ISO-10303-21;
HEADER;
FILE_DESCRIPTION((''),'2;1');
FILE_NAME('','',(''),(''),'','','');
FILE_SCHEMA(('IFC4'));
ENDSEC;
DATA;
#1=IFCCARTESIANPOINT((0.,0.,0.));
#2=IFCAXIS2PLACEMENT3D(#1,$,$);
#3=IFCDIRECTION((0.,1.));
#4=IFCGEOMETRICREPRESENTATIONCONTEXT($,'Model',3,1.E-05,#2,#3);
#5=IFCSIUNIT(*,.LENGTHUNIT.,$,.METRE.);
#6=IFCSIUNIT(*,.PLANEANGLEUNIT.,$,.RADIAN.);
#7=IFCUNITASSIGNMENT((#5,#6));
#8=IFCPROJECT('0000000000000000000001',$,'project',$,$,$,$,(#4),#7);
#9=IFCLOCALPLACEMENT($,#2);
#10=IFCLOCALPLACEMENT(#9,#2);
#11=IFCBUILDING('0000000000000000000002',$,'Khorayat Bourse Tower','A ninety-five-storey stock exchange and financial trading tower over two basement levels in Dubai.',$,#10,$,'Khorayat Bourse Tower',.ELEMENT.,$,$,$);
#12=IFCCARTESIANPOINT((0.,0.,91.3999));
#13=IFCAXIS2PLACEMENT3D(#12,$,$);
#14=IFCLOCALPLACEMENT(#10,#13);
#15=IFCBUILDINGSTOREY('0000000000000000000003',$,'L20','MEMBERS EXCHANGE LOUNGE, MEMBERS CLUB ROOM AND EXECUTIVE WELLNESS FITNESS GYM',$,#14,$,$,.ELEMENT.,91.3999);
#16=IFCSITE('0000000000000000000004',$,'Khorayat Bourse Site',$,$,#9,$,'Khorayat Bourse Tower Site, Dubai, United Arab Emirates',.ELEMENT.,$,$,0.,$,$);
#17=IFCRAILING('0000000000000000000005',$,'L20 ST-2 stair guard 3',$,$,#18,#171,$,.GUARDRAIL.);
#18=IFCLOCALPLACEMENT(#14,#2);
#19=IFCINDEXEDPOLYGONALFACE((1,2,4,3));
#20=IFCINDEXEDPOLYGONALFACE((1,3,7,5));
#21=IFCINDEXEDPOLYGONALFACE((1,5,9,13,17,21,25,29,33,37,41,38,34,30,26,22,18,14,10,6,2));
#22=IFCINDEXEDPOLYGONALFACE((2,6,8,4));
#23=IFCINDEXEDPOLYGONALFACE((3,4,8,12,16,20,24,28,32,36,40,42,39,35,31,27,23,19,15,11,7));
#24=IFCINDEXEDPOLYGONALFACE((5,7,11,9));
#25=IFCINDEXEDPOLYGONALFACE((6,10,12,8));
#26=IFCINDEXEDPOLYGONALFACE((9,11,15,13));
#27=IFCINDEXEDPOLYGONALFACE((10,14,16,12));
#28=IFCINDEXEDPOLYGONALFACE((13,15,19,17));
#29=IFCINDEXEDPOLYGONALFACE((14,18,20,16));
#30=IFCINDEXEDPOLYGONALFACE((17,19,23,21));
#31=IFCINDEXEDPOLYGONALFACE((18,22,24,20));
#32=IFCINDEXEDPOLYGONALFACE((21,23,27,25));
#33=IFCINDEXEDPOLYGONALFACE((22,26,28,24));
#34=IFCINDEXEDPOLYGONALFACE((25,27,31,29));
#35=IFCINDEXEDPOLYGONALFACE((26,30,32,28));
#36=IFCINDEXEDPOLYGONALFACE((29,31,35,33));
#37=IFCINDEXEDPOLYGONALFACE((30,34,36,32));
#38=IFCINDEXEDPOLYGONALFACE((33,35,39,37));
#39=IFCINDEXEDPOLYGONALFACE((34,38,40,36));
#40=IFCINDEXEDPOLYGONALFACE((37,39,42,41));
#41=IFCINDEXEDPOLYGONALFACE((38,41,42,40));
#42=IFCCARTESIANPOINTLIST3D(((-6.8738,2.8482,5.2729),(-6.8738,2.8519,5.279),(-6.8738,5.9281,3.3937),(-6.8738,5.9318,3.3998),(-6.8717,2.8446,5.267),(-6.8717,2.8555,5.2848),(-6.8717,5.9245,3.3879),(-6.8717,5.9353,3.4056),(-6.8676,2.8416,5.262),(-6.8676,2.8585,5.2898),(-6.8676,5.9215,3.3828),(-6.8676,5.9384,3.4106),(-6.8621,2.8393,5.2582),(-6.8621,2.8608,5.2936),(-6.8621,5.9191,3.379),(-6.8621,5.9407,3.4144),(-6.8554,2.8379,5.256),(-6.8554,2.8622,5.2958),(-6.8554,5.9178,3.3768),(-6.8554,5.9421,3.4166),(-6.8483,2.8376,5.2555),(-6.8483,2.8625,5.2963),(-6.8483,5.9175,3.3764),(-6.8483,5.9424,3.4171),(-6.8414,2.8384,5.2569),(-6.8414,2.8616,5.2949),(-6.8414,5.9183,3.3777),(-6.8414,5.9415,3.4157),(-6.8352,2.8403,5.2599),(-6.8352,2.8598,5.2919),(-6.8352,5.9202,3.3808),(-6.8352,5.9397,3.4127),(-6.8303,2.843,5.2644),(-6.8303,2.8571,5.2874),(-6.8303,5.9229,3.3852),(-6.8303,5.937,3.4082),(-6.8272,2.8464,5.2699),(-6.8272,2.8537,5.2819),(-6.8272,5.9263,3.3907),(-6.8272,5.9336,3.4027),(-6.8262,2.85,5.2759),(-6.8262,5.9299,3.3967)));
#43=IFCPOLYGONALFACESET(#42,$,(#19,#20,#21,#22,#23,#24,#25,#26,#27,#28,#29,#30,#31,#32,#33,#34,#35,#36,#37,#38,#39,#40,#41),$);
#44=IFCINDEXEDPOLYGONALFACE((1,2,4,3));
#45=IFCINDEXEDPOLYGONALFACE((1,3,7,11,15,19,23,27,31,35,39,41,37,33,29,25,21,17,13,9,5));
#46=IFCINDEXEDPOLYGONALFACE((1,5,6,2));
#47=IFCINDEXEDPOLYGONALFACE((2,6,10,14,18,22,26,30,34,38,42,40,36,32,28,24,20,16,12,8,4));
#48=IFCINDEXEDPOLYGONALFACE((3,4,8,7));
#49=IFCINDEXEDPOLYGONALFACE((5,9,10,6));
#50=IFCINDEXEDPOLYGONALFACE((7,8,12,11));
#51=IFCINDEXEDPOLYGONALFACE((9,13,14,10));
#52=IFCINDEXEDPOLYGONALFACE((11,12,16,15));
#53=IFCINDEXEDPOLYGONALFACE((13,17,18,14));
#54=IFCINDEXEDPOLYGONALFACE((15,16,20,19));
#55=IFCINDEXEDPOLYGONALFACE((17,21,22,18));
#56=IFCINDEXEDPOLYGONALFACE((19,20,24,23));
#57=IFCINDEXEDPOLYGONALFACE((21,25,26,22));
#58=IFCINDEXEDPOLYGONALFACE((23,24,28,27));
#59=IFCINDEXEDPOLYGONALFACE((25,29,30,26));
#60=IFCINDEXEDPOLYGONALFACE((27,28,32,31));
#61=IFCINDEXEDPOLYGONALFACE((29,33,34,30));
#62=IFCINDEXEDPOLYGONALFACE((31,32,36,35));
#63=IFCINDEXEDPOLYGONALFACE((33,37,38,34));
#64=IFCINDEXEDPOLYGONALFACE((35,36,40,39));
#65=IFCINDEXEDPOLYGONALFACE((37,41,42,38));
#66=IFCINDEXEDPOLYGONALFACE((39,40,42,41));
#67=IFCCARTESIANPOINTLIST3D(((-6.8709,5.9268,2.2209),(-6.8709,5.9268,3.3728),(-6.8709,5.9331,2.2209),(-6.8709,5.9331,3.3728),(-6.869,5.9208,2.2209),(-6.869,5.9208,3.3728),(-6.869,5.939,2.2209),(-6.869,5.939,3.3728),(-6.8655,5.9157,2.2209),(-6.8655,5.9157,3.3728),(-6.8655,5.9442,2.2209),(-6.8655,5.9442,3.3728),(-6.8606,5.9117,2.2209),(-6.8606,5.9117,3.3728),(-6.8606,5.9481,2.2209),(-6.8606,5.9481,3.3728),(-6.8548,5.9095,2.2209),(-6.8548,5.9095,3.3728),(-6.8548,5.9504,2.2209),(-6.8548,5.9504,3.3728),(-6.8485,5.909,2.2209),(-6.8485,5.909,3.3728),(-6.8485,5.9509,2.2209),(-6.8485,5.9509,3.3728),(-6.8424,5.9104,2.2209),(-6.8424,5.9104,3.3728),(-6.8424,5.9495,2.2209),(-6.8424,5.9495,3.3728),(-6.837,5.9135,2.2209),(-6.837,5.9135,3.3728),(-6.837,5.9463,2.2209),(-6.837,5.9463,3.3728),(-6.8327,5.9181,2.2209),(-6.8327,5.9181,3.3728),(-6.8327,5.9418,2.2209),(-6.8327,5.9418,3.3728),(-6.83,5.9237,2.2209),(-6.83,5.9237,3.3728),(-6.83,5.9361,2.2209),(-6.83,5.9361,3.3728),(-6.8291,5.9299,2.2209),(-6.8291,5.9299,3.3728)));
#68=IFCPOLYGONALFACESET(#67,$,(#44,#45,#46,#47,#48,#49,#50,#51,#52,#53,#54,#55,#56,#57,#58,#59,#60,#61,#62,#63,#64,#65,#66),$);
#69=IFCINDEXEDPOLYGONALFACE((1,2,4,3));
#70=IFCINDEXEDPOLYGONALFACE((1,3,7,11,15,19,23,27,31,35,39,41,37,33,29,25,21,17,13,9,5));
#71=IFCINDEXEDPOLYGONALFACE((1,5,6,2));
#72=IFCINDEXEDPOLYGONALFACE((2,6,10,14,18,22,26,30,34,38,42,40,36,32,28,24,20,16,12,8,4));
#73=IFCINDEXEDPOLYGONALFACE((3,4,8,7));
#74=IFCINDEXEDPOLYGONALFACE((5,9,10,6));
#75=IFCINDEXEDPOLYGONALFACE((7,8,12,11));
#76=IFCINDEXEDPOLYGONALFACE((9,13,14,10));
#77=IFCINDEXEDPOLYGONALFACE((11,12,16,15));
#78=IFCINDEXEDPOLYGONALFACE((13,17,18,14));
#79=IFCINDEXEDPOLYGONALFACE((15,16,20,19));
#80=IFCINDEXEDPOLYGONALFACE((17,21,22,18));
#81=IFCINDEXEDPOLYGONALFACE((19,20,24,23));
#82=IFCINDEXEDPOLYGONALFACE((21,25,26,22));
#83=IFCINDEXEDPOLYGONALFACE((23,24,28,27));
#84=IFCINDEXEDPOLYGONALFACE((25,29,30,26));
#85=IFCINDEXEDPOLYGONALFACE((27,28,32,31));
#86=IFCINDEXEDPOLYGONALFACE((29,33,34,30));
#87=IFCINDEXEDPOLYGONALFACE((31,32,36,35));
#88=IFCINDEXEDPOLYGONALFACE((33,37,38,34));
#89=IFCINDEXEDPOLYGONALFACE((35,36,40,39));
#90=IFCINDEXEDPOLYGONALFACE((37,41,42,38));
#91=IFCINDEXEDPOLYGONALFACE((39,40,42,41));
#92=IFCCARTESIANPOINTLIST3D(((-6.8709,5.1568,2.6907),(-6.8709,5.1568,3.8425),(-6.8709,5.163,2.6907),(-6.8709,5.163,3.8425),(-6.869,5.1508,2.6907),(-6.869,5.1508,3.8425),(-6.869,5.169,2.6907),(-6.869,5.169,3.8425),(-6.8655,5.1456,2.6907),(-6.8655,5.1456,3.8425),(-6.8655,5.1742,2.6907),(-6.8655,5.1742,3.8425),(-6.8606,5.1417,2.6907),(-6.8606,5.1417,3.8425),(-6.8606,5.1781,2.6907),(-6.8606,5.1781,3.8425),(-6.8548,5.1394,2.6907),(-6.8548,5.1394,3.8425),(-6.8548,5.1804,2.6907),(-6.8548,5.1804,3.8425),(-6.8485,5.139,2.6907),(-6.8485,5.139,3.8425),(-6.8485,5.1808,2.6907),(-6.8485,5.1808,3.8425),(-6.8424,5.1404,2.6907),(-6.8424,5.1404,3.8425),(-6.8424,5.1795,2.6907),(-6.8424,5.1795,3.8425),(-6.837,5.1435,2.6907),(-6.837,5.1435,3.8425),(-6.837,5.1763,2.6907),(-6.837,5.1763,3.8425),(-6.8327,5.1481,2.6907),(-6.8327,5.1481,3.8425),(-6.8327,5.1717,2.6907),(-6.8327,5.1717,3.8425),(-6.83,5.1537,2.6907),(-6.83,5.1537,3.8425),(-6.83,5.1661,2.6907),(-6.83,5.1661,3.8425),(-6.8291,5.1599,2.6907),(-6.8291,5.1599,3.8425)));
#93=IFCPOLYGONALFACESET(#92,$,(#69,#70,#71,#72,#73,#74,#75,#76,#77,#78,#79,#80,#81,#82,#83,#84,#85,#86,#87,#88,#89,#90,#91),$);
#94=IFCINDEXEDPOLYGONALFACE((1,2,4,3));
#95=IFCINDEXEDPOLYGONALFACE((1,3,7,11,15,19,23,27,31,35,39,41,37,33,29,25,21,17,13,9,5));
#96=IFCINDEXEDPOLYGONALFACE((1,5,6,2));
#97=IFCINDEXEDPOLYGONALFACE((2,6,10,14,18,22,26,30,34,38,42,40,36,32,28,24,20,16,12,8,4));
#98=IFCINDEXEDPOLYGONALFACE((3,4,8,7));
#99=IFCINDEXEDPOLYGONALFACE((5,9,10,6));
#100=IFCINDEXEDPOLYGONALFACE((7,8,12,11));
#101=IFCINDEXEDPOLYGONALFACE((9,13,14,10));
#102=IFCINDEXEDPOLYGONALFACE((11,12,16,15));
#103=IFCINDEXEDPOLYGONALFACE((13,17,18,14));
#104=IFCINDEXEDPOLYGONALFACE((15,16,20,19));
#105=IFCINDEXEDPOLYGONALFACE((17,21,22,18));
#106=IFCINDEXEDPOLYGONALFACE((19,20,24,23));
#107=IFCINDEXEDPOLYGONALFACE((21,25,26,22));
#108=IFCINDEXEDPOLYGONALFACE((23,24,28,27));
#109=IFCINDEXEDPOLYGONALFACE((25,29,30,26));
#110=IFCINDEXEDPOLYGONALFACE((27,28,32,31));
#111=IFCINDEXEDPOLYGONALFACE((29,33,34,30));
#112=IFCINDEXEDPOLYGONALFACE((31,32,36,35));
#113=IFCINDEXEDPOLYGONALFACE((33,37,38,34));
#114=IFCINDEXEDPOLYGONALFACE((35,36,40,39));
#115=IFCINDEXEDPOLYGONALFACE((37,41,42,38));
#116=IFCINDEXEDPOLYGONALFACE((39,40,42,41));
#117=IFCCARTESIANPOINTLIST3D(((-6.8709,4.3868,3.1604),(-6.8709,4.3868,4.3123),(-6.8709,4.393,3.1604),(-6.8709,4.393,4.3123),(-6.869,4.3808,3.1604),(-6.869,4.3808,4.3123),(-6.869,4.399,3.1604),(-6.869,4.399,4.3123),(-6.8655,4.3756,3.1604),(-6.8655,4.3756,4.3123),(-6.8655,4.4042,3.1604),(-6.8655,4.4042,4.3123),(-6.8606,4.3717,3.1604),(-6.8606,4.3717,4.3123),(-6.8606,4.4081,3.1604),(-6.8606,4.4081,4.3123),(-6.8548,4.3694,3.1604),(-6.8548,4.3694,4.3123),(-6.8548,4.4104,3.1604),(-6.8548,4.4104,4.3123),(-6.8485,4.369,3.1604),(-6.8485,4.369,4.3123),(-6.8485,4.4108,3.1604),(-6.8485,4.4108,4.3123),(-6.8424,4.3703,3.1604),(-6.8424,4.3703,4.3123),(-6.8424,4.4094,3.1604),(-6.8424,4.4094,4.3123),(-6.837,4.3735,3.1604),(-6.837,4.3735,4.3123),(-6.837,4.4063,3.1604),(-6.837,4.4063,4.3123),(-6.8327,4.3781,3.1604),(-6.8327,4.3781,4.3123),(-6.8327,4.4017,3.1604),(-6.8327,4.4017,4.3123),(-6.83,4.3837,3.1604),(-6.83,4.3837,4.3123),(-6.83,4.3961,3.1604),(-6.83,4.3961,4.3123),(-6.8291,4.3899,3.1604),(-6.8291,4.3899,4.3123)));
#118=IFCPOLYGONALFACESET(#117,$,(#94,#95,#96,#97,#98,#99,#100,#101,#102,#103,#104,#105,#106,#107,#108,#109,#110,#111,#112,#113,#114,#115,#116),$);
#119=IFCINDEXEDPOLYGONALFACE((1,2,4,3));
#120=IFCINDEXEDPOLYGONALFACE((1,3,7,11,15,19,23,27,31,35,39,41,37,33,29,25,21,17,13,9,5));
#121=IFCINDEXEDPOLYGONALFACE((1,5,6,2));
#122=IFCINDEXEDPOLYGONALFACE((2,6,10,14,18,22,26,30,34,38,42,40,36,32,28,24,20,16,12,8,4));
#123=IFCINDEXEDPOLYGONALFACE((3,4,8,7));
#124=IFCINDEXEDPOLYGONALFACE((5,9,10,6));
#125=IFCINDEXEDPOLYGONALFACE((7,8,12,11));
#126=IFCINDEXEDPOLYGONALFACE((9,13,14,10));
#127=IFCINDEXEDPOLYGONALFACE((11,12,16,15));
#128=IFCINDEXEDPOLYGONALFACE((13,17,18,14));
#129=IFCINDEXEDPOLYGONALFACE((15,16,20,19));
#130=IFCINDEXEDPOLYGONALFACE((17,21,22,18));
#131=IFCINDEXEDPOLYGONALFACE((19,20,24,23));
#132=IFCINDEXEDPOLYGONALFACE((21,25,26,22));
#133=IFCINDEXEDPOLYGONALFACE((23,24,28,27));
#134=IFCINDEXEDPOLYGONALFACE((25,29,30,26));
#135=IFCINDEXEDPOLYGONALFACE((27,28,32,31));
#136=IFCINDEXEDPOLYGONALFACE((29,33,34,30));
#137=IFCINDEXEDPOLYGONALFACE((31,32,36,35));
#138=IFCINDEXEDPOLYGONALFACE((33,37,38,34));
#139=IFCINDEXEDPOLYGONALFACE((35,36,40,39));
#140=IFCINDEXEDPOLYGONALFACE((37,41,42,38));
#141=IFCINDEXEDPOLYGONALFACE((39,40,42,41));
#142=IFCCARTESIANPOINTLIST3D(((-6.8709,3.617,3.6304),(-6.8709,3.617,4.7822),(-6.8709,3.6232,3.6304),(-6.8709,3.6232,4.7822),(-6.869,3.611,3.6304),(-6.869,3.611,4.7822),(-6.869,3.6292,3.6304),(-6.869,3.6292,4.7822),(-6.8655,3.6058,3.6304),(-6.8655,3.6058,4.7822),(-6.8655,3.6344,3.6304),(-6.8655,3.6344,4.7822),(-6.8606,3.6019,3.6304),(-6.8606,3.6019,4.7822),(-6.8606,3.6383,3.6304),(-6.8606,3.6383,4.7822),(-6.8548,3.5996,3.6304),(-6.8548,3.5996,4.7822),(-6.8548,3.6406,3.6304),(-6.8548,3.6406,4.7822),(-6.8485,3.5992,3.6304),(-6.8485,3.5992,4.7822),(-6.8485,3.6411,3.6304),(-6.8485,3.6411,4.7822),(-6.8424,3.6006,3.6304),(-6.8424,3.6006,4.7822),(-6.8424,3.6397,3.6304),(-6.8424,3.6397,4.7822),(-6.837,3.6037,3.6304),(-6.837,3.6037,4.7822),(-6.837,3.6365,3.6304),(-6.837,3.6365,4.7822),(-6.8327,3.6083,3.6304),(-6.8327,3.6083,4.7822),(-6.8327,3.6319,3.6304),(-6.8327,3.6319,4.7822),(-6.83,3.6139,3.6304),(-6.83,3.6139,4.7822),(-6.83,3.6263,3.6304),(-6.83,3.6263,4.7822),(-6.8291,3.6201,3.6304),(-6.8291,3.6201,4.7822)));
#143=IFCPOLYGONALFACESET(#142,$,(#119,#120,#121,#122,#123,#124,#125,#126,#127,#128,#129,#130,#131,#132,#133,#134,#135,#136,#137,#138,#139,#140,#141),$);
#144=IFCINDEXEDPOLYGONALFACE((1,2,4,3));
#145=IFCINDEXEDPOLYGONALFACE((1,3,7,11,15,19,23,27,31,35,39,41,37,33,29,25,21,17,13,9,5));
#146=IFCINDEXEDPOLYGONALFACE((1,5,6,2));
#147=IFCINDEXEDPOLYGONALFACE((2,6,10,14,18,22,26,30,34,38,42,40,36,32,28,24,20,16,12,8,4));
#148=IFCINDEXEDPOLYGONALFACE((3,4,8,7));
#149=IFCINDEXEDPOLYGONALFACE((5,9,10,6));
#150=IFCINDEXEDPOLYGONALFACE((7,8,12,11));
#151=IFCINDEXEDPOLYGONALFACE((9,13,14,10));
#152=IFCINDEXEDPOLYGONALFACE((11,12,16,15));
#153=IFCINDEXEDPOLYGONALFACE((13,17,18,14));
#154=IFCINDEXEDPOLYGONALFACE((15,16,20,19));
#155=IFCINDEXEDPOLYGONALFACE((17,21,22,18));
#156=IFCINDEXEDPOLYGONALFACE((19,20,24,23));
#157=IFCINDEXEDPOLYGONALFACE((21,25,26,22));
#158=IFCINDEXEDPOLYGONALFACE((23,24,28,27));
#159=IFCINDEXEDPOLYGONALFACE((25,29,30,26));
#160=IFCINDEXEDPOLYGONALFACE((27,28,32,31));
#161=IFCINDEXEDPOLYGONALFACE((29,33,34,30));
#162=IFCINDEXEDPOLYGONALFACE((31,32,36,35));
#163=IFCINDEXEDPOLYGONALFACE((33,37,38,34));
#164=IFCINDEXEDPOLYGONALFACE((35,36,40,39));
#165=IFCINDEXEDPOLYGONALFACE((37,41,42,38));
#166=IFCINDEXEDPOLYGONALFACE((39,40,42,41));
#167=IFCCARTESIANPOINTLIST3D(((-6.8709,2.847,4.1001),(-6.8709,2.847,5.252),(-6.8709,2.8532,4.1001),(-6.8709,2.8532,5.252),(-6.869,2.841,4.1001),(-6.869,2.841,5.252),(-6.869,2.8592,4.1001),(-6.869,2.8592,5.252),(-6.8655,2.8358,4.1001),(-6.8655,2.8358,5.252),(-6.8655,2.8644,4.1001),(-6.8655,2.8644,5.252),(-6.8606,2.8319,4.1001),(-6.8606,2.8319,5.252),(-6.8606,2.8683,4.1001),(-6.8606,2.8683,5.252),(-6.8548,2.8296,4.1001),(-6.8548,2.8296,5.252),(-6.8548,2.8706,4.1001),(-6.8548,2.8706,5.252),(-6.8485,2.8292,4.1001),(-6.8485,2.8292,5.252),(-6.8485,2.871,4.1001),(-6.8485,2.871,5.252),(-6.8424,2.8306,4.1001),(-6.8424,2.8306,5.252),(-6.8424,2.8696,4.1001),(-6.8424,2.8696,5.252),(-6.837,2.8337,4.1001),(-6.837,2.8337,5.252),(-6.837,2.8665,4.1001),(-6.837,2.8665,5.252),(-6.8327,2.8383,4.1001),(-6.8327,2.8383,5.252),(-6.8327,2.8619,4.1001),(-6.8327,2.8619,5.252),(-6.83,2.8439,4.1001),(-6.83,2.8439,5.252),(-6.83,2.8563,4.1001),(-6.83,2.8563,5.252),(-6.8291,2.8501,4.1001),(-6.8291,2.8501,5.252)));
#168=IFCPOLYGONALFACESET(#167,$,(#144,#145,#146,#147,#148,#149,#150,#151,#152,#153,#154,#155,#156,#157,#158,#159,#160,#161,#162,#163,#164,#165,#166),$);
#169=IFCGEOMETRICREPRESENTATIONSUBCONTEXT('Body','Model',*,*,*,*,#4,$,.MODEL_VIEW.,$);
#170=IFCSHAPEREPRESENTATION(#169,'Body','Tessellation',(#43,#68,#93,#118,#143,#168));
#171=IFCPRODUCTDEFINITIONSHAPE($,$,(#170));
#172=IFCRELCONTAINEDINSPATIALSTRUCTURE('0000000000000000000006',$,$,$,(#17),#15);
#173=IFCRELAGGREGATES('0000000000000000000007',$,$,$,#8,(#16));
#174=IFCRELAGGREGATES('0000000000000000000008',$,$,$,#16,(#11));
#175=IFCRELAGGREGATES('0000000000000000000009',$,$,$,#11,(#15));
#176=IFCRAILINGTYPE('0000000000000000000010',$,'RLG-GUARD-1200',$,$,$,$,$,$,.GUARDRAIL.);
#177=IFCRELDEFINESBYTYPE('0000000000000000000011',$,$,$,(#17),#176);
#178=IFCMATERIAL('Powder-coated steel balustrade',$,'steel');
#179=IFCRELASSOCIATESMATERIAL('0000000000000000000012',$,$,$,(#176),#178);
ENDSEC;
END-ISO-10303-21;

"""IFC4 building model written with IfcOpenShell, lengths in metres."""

from ifc_helpers import new_model, si_unit, direction, frame, origin, origin_2d, place, context, subcontext, project, spatial, circle, extrude, source, transform, mapped, material, type_object, element, save


model = new_model("IFC4")

# Units and contexts
model_context = context("Model", 3, precision=1e-05, world=origin(), true_north=direction((0.0, 1.0)))
body_context = subcontext(model_context, "Body", "Model", "MODEL_VIEW")
ifc_project = project(units=[si_unit("LENGTHUNIT", "METRE"), si_unit("PLANEANGLEUNIT", "RADIAN")], contexts=[model_context])

# Site, building, storey
site_placement = place(None, origin())
site = spatial("IfcSite", under=ifc_project, at=site_placement, Name="Khorayat Bourse Site", LongName="Khorayat Bourse Tower Site, Dubai, United Arab Emirates", CompositionType="ELEMENT", RefElevation=0.0)
building_placement = place(site_placement, origin())
building = spatial("IfcBuilding", under=site, at=building_placement, Name="Khorayat Bourse Tower", Description="A ninety-five-storey stock exchange and financial trading tower over two basement levels in Dubai.", LongName="Khorayat Bourse Tower", CompositionType="ELEMENT")
storey_placement = place(building_placement, frame((0.0, 0.0, 91.3999)))
storey = spatial("IfcBuildingStorey", under=building, at=storey_placement, Name="L20", Description="MEMBERS EXCHANGE LOUNGE, MEMBERS CLUB ROOM AND EXECUTIVE WELLNESS FITNESS GYM", CompositionType="ELEMENT", Elevation=91.3999)

# Railing
ifc_material_1 = material(Name="Powder-coated steel balustrade", Category="steel")
railing_type_1 = type_object("IfcRailingType", Name="RLG-GUARD-1200", PredefinedType="GUARDRAIL", material=ifc_material_1)
shared_shape_1 = source(origin(), body_context, "Body", "SweptSolid", [
    extrude(circle(Radius=0.0239, at=origin_2d()), frame((0.0, 0.0, 1.1758), z_axis=(0.0, -0.853648, 0.52085), x_axis=(1.0, 0.0, 0.0)), (0.0, 0.0, 1.0), 3.6079),
    extrude(circle(Radius=0.021, at=origin_2d()), origin(), (0.0, 0.0, 1.0), 1.1519),
    extrude(circle(Radius=0.021, at=origin_2d()), frame((0.0, -0.77, 0.4697)), (0.0, 0.0, 1.0), 1.1519),
    extrude(circle(Radius=0.021, at=origin_2d()), frame((0.0, -1.54, 0.9395)), (0.0, 0.0, 1.0), 1.1519),
    extrude(circle(Radius=0.021, at=origin_2d()), frame((0.0, -2.3098, 1.4094)), (0.0, 0.0, 1.0), 1.1519),
    extrude(circle(Radius=0.021, at=origin_2d()), frame((0.0, -3.0798, 1.8792)), (0.0, 0.0, 1.0), 1.1519),
])
railing_1_placement = place(storey_placement, frame((-6.8501, 5.9299, 2.2209)))
element("IfcRailing", 1, at=railing_1_placement, inside=storey, type_object=railing_type_1, Name="L20 ST-2 stair guard 3", PredefinedType="GUARDRAIL", context=body_context, shape_type="MappedRepresentation", body=[
    mapped(shared_shape_1, transform((0.0, 0.0, 0.0), scale=1.0)),
])

save(model, "model.ifc")
